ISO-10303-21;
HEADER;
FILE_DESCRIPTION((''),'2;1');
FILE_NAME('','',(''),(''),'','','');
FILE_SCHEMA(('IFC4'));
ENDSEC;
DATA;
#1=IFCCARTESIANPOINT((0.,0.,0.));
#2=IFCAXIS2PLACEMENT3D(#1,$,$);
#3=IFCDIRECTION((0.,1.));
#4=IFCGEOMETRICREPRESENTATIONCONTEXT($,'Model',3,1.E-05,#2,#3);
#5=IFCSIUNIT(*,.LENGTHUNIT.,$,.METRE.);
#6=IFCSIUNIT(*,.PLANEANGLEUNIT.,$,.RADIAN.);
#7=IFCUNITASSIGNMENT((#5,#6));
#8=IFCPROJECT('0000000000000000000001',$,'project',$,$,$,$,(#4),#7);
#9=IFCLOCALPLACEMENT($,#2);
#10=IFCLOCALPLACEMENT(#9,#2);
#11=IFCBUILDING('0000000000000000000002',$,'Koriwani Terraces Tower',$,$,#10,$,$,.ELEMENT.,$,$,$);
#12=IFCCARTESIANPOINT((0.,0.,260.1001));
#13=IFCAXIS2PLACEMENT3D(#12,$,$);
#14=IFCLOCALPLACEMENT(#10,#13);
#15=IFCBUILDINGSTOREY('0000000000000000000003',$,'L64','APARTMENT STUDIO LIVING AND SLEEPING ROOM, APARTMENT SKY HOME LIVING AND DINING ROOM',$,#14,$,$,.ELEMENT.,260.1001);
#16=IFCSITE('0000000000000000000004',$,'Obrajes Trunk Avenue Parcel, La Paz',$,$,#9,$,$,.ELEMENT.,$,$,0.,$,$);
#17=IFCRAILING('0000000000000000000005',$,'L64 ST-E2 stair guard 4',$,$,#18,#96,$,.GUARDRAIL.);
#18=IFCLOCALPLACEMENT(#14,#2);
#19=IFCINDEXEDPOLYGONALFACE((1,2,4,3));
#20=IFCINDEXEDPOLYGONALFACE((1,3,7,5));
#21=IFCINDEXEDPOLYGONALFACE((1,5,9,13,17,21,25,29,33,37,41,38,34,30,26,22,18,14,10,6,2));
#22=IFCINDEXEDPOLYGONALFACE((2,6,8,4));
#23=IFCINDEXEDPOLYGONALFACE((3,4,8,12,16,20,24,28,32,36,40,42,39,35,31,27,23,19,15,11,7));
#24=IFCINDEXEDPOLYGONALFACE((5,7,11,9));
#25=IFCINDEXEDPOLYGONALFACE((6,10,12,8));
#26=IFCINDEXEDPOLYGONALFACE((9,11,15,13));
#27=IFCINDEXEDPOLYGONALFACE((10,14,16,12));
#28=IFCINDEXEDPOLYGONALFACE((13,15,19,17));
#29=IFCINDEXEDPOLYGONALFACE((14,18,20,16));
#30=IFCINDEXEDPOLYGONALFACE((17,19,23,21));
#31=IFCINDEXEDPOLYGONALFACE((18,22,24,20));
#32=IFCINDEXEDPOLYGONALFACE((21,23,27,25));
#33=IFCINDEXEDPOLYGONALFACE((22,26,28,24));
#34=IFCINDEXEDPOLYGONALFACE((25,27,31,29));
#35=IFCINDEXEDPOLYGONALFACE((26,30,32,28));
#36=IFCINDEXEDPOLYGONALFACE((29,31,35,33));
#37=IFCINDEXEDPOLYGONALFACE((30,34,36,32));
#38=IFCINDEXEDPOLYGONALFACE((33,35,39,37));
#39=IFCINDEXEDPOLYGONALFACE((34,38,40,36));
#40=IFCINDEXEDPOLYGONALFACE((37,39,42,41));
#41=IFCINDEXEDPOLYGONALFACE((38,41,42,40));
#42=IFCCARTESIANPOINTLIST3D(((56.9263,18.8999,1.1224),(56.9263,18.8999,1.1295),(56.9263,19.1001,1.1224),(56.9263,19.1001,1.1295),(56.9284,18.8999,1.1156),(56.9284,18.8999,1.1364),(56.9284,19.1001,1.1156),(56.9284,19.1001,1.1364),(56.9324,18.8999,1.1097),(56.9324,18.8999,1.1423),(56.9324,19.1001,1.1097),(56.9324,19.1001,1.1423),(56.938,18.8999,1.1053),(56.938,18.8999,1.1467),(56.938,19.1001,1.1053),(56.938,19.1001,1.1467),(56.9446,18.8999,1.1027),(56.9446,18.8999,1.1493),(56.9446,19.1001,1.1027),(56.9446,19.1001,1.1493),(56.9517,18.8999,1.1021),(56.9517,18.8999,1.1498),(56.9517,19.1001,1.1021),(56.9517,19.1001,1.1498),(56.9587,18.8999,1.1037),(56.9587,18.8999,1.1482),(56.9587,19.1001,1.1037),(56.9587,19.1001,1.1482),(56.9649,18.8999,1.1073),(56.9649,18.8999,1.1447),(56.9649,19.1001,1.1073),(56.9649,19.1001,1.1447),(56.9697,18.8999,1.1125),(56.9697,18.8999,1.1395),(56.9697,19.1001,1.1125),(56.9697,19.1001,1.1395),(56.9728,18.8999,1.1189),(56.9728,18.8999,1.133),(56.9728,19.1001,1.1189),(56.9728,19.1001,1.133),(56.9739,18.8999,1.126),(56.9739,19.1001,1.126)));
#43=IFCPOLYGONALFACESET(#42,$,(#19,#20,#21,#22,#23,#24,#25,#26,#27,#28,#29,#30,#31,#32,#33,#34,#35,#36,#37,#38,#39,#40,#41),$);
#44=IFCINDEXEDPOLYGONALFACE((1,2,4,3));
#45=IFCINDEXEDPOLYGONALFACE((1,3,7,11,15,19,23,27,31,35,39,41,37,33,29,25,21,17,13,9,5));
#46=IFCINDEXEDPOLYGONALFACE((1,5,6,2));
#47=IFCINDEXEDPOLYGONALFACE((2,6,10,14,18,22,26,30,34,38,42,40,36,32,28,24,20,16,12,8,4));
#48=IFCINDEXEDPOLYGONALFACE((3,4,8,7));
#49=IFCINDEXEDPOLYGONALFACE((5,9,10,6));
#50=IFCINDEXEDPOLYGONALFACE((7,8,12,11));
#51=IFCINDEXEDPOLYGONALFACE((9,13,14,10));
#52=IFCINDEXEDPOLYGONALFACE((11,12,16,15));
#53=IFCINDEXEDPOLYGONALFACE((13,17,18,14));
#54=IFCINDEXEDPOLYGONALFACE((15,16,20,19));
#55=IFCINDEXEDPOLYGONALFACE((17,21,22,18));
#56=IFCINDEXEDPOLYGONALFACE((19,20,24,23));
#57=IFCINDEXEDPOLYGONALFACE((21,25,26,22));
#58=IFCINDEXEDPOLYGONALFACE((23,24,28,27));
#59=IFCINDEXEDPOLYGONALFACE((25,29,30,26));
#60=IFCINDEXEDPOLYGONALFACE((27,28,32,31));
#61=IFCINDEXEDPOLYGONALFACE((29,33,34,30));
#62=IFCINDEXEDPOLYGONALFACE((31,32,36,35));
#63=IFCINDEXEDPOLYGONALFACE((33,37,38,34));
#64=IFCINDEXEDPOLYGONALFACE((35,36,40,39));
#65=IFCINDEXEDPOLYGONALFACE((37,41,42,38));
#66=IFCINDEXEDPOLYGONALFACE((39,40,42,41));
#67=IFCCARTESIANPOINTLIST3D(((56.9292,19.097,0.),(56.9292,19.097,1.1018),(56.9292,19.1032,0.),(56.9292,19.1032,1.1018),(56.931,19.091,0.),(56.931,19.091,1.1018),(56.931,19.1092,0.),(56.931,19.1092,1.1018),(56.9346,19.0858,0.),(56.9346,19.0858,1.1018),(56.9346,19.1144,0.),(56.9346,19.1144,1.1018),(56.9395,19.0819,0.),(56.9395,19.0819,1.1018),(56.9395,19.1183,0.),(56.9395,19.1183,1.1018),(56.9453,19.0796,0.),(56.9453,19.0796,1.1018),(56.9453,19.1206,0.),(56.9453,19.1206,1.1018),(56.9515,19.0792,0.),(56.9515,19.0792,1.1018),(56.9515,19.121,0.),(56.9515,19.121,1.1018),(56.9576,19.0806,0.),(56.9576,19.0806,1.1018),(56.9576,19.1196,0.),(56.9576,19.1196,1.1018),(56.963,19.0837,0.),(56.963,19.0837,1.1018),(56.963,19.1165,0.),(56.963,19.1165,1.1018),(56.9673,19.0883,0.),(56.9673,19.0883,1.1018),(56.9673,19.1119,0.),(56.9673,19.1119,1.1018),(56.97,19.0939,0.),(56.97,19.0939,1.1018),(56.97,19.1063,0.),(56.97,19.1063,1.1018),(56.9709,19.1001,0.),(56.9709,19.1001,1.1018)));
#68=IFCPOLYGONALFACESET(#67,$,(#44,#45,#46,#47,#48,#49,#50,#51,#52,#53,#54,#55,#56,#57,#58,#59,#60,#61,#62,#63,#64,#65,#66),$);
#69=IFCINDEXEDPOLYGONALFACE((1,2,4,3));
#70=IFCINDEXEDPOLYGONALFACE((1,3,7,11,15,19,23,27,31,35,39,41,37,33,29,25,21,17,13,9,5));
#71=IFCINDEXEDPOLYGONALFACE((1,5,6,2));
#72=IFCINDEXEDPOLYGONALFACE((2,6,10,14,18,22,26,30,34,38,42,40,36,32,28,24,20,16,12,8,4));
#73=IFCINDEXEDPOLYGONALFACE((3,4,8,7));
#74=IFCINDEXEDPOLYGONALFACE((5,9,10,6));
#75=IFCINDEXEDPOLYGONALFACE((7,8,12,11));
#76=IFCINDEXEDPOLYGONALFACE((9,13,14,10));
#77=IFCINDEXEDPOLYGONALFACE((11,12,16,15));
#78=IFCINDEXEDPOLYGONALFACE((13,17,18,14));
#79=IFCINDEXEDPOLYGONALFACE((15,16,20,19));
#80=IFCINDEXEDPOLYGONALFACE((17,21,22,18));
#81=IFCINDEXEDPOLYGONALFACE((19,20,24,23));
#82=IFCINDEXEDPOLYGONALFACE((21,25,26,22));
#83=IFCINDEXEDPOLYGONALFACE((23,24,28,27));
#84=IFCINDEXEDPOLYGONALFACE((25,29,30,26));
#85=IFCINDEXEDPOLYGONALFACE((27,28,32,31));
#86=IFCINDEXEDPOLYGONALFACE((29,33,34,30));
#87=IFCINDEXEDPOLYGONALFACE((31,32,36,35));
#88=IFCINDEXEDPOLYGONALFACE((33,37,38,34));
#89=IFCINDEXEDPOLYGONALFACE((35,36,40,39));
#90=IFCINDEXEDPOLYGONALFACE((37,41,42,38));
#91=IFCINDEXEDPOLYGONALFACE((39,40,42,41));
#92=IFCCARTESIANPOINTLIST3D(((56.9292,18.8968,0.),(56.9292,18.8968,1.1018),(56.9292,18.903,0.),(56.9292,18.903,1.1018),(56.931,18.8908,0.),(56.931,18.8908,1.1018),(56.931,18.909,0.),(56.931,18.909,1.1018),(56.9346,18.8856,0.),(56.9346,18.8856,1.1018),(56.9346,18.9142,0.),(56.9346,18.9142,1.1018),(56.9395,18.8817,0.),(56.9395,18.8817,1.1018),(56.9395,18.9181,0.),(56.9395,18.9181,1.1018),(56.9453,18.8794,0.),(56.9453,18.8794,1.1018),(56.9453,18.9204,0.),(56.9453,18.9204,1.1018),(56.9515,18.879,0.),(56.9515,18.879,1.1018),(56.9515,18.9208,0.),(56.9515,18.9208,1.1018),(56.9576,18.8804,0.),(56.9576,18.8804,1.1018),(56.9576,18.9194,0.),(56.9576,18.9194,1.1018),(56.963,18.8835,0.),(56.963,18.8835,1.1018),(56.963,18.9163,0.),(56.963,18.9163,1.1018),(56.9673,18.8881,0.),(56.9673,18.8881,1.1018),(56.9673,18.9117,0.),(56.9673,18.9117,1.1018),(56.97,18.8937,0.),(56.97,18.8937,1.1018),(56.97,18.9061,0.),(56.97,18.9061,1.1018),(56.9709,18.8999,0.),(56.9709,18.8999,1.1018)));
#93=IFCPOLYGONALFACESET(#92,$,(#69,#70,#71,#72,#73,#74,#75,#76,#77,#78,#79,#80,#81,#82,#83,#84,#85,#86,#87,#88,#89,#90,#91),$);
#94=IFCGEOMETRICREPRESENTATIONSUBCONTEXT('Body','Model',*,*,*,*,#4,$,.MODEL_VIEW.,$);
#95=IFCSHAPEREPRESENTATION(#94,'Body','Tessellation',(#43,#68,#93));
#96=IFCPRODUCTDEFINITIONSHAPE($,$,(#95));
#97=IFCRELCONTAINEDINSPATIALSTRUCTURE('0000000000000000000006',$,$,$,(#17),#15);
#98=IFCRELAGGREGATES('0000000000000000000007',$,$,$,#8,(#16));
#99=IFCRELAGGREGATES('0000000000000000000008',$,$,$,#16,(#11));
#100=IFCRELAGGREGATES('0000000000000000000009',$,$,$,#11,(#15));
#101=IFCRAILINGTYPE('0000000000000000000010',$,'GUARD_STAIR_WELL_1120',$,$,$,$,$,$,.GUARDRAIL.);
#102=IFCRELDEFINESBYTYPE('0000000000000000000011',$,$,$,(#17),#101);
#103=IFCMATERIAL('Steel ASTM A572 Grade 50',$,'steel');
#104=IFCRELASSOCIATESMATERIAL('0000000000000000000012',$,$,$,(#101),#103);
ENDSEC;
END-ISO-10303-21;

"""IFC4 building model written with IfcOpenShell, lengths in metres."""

from ifc_helpers import new_model, si_unit, direction, frame, origin, origin_2d, place, context, subcontext, project, spatial, circle, extrude, material, type_object, element, save


model = new_model("IFC4")

# Units and contexts
model_context = context("Model", 3, precision=1e-05, world=origin(), true_north=direction((0.0, 1.0)))
body_context = subcontext(model_context, "Body", "Model", "MODEL_VIEW")
ifc_project = project(units=[si_unit("LENGTHUNIT", "METRE"), si_unit("PLANEANGLEUNIT", "RADIAN")], contexts=[model_context])

# Site, building, storey
site_placement = place(None, origin())
site = spatial("IfcSite", under=ifc_project, at=site_placement, Name="Obrajes Trunk Avenue Parcel, La Paz", CompositionType="ELEMENT", RefElevation=0.0)
building_placement = place(site_placement, origin())
building = spatial("IfcBuilding", under=site, at=building_placement, Name="Koriwani Terraces Tower", CompositionType="ELEMENT")
storey_placement = place(building_placement, frame((0.0, 0.0, 260.1001)))
storey = spatial("IfcBuildingStorey", under=building, at=storey_placement, Name="L64", Description="APARTMENT STUDIO LIVING AND SLEEPING ROOM, APARTMENT SKY HOME LIVING AND DINING ROOM", CompositionType="ELEMENT", Elevation=260.1001)

# Shared definitions
ifc_material_1 = material(Name="Steel ASTM A572 Grade 50", Category="steel")

# Railing
railing_type = type_object("IfcRailingType", Name="GUARD_STAIR_WELL_1120", PredefinedType="GUARDRAIL", material=ifc_material_1)
railing_placement = place(storey_placement, frame((56.95, 19.1001, 0.0)))
element("IfcRailing", 1, at=railing_placement, inside=storey, type_object=railing_type, Name="L64 ST-E2 stair guard 4", PredefinedType="GUARDRAIL", context=body_context, shape_type="SweptSolid", body=[
    extrude(circle(Radius=0.0239, at=origin_2d()), frame((0.0, 0.0, 1.126), z_axis=(0.0, -1.0, 0.0), x_axis=(1.0, 0.0, 0.0)), (0.0, 0.0, 1.0), 0.2002),
    extrude(circle(Radius=0.021, at=origin_2d()), origin(), (0.0, 0.0, 1.0), 1.1018),
    extrude(circle(Radius=0.021, at=origin_2d()), frame((0.0, -0.2002, 0.0)), (0.0, 0.0, 1.0), 1.1018),
])

save(model, "model.ifc")
